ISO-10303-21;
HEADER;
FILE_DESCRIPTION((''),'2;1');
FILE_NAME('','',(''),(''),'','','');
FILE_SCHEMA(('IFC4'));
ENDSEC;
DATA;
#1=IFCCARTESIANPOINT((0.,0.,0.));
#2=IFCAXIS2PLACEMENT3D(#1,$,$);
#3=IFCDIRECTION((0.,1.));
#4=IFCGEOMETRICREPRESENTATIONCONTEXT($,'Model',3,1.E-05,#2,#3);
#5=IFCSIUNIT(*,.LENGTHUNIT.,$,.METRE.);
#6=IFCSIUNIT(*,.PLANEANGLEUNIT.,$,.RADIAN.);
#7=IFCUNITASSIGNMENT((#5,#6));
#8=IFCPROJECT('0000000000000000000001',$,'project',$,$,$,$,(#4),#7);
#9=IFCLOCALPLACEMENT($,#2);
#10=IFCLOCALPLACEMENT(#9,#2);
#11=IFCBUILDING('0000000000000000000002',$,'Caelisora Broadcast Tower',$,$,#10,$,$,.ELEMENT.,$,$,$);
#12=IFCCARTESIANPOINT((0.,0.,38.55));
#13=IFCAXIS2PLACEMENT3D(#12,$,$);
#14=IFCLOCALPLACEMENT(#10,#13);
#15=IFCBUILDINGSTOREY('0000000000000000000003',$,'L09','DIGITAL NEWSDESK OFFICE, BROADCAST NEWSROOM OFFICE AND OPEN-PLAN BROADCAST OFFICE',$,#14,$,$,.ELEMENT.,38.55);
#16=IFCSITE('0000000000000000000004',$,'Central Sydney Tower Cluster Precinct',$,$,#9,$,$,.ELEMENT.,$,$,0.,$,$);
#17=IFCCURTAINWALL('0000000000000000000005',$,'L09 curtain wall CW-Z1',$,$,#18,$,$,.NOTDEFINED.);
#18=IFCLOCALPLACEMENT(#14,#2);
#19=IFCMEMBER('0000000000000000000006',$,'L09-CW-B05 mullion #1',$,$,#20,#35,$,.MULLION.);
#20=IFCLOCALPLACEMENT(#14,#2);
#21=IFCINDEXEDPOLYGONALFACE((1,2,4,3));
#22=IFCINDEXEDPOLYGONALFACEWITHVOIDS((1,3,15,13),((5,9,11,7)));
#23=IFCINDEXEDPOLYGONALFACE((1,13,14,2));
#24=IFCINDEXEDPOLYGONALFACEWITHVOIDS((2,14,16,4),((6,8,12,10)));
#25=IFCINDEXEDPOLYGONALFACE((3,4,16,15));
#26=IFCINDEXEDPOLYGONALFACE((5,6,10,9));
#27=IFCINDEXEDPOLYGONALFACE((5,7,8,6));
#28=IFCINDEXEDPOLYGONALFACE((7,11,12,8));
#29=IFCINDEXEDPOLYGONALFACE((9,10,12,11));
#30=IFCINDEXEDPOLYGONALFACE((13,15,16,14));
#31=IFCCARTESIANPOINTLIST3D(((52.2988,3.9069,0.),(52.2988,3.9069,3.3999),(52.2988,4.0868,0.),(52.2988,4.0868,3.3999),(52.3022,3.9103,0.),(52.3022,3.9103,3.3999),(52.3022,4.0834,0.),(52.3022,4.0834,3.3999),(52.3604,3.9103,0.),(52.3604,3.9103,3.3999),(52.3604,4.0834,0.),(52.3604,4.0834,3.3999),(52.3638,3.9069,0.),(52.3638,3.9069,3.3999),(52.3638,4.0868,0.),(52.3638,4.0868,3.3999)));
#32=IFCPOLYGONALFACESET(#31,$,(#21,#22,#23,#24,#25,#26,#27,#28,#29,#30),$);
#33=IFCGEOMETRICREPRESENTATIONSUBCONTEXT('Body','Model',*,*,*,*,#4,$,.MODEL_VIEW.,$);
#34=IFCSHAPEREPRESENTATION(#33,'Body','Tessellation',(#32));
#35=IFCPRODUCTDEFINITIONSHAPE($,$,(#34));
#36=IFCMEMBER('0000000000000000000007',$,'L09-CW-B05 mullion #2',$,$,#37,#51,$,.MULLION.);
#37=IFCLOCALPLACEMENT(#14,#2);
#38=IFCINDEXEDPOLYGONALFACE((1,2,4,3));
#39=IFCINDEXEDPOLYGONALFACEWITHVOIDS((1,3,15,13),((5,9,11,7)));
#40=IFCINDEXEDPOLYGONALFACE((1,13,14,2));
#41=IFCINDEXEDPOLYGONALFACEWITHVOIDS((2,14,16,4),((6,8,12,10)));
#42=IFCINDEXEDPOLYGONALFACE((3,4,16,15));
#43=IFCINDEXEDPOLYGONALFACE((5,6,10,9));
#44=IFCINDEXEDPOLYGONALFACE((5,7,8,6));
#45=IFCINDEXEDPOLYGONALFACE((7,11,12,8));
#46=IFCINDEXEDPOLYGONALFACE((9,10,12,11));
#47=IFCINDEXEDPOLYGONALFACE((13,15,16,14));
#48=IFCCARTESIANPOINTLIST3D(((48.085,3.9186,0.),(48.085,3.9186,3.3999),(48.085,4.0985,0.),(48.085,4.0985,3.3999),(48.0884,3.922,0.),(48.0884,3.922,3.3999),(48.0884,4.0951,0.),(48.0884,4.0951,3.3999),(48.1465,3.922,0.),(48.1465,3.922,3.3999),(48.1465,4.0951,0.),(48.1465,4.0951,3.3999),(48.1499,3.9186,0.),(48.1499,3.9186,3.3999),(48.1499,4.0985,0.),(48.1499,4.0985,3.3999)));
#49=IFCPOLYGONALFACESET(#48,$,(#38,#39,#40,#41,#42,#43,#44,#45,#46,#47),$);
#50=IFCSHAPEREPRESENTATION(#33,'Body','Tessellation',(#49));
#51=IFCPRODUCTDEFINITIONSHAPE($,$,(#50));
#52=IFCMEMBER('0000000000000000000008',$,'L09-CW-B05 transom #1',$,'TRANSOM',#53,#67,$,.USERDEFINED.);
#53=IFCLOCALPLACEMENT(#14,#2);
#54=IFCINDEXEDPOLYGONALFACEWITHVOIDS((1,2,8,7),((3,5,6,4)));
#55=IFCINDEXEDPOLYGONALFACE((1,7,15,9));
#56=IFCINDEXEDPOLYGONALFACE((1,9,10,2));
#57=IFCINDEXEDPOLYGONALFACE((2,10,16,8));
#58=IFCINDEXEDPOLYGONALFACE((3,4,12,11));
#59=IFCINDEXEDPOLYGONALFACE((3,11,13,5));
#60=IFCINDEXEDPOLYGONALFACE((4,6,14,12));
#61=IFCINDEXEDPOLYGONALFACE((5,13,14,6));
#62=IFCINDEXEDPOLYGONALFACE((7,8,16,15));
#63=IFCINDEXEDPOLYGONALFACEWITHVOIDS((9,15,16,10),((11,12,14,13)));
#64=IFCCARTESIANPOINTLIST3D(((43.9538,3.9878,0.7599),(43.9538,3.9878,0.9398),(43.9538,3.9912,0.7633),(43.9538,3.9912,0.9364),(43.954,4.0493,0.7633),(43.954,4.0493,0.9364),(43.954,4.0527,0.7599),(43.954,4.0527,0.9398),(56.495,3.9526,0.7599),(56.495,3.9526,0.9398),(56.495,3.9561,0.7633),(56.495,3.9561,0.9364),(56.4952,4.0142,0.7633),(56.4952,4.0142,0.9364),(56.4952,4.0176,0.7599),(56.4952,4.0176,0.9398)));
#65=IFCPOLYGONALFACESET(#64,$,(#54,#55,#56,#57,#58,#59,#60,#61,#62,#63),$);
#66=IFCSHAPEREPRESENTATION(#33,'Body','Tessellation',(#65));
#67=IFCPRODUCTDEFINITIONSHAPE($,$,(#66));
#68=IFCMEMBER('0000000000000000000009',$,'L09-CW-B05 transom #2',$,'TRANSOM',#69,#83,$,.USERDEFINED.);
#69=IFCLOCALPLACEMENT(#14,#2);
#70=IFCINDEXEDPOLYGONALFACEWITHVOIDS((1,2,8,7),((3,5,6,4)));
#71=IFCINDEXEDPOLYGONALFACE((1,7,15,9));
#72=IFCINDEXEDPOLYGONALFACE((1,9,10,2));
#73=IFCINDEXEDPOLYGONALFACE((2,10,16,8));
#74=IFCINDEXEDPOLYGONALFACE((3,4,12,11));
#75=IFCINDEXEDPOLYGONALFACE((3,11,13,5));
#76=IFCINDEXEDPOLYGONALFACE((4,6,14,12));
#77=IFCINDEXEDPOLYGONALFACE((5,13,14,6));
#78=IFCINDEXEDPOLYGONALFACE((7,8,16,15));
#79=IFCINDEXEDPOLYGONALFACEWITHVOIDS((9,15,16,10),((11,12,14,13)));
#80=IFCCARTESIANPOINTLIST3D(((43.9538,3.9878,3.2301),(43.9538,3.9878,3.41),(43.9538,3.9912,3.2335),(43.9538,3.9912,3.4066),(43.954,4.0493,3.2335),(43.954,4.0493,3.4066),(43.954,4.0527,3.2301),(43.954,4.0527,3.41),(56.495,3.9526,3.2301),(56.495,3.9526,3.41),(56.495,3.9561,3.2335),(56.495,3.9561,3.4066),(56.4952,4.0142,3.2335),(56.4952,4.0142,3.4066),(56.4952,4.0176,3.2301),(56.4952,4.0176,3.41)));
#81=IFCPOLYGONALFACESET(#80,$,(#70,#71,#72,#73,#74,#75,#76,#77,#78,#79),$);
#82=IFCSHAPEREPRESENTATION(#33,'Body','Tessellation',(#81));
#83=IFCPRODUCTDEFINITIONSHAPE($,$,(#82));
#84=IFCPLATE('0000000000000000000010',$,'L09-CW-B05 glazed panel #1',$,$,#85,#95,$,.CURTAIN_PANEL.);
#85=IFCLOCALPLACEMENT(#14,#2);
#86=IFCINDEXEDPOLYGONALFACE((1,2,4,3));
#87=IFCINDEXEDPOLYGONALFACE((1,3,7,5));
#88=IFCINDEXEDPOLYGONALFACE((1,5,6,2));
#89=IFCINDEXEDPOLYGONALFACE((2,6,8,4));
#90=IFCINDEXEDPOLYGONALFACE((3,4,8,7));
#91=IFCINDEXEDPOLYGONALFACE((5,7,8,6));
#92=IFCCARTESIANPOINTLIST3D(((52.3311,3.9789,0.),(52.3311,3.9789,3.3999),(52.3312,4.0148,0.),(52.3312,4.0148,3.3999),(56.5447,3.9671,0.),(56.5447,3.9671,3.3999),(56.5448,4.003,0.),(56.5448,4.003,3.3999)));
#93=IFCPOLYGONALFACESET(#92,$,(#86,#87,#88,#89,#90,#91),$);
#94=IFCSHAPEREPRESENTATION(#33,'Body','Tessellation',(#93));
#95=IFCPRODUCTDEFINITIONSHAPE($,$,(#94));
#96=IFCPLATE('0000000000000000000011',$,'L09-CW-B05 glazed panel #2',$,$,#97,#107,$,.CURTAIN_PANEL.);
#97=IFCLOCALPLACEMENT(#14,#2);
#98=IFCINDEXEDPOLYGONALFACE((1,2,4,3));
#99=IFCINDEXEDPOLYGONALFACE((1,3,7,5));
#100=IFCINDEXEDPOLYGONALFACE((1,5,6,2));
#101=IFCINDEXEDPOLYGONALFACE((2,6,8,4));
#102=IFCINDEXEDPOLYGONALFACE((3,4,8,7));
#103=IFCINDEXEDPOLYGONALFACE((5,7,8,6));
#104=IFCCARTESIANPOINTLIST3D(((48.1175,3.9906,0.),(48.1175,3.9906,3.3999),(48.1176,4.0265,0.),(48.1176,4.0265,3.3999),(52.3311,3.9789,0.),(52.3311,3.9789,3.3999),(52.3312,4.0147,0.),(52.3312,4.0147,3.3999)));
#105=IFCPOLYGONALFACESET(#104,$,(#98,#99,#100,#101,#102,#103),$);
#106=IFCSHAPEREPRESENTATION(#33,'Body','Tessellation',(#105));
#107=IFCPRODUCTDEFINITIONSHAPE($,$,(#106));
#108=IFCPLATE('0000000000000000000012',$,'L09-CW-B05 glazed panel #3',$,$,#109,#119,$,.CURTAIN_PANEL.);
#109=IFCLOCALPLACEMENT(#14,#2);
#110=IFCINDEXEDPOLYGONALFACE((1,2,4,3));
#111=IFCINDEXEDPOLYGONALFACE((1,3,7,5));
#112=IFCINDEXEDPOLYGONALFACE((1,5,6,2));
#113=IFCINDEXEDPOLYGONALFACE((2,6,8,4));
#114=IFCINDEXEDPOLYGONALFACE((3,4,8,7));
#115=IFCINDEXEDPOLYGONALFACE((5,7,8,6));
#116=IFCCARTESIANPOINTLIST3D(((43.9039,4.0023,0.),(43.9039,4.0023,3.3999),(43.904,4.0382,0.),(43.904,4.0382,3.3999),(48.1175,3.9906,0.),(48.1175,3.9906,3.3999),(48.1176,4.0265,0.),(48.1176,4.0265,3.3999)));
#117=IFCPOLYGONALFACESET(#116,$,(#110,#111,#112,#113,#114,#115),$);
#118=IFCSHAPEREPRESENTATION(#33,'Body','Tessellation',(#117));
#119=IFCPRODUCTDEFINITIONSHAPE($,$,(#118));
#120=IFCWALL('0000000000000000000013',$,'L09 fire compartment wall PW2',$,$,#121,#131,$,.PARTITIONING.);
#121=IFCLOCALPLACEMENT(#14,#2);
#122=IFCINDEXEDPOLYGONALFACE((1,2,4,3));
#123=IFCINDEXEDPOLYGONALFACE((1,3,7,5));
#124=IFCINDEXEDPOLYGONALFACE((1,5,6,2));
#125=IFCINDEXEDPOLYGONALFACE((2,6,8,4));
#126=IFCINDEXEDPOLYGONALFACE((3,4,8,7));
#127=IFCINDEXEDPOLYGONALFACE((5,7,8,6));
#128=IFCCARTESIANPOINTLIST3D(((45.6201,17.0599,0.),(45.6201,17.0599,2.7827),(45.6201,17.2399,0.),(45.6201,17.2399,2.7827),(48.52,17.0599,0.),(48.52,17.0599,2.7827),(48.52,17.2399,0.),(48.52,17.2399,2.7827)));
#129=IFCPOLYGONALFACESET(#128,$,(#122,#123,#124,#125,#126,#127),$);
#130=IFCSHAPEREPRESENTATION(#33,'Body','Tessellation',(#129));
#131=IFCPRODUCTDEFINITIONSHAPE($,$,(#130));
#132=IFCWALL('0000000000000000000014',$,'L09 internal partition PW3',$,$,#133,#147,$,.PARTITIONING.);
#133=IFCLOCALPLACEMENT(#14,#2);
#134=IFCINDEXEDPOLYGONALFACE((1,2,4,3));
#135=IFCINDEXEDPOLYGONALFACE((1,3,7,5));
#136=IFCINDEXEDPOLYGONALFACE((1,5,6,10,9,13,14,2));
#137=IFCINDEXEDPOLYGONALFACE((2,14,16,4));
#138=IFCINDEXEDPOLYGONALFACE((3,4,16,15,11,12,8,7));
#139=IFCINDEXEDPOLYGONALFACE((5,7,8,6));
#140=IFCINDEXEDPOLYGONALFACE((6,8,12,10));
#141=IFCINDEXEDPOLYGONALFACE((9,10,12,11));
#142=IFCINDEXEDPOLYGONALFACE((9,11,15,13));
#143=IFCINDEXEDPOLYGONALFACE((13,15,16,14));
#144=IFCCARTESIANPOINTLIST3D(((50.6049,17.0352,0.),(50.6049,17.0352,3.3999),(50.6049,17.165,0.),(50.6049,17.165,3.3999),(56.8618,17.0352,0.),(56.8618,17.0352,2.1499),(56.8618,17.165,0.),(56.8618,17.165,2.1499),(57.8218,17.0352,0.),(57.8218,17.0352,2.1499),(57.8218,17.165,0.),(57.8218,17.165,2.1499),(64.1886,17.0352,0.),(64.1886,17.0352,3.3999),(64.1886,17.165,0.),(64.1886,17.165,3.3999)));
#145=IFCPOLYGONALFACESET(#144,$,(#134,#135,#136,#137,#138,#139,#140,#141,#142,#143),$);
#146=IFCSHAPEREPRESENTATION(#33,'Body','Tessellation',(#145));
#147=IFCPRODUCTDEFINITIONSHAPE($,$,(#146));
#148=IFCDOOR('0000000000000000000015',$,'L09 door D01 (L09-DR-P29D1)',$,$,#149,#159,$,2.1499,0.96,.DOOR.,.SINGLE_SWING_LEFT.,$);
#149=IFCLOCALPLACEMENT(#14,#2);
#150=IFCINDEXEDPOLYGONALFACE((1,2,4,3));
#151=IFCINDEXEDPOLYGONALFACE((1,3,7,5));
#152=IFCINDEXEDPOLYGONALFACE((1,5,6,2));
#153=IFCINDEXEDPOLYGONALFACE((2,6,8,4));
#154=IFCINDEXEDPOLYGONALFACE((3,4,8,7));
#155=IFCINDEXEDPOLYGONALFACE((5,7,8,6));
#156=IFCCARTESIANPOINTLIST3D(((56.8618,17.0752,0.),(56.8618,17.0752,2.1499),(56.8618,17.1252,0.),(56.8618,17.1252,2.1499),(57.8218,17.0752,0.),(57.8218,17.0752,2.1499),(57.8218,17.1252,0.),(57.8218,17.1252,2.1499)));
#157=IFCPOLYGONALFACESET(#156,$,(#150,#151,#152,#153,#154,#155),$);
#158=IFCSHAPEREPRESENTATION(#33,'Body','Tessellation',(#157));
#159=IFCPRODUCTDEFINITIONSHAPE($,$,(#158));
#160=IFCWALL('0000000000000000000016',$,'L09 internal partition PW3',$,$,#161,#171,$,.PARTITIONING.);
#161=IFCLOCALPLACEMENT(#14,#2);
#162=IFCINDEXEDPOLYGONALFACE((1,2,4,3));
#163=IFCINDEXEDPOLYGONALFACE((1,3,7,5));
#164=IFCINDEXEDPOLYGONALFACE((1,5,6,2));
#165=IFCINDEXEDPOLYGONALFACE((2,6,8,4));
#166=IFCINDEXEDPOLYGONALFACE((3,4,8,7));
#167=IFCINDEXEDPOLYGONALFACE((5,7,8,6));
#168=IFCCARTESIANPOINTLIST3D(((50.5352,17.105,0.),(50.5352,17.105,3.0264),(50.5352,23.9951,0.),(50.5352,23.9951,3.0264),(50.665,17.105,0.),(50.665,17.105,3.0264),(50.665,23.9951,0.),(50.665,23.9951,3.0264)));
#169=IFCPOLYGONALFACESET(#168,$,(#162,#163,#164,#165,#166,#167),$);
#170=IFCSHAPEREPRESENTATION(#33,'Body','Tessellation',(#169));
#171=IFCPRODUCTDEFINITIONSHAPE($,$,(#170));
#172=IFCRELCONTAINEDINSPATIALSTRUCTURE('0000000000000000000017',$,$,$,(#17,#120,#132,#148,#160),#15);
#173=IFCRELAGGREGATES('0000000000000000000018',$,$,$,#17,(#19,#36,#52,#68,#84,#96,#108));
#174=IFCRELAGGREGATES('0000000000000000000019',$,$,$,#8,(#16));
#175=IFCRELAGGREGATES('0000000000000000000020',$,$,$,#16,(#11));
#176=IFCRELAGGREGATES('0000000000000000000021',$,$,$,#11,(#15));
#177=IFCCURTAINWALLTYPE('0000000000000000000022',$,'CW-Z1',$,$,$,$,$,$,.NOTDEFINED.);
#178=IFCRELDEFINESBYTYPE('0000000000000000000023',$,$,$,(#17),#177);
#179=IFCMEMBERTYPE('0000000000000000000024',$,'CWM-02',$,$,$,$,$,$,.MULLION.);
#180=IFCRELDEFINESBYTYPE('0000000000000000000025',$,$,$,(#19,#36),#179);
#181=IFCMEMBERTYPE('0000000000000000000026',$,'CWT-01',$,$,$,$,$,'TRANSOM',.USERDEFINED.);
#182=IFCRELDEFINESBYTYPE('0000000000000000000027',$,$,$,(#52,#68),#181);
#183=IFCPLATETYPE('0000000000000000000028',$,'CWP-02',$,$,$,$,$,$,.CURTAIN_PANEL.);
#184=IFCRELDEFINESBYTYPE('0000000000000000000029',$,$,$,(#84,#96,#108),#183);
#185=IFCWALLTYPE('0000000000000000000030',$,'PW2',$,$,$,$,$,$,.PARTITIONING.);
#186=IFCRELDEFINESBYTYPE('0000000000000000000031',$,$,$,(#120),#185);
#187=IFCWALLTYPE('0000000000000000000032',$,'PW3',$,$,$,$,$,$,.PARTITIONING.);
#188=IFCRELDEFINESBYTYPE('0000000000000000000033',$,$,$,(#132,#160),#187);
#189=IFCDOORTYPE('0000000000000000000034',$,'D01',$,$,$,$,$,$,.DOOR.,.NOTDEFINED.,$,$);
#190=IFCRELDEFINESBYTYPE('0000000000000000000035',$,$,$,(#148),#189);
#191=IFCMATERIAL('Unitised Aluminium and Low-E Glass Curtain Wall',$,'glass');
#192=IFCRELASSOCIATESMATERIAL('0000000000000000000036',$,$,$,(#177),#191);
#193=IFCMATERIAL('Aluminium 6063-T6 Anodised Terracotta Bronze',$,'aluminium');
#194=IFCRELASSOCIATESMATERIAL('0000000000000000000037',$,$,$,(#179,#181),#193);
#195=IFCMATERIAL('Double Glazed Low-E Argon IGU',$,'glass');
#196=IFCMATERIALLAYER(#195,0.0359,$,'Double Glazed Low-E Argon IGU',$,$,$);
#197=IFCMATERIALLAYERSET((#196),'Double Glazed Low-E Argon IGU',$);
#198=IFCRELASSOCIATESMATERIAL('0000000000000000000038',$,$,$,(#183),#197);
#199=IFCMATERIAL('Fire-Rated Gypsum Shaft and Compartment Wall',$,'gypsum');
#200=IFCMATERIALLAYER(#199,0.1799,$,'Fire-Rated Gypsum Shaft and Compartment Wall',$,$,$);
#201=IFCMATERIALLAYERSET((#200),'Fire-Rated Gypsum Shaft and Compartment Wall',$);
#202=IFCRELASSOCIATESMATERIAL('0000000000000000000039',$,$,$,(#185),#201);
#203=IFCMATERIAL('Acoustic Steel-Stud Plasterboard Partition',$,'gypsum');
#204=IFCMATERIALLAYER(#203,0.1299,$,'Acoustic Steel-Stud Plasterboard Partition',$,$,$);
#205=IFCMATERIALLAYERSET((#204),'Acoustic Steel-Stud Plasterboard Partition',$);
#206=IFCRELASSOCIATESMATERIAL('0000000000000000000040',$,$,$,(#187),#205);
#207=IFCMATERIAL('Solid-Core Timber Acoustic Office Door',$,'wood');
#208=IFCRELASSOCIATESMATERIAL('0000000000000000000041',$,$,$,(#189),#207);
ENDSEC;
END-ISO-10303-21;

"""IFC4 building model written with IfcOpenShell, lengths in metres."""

from ifc_helpers import new_model, si_unit, direction, frame, frame_2d, origin, origin_2d, place, context, subcontext, project, spatial, rectangle, hollow_rectangle, extrude, source, transform, mapped, material, layer, layer_set, material_profile, profile_set, type_object, type_shapes, element, fill, aggregate, save


model = new_model("IFC4")

# Units and contexts
model_context = context("Model", 3, precision=1e-05, world=origin(), true_north=direction((0.0, 1.0)))
body_context = subcontext(model_context, "Body", "Model", "MODEL_VIEW")
ifc_project = project(units=[si_unit("LENGTHUNIT", "METRE"), si_unit("PLANEANGLEUNIT", "RADIAN")], contexts=[model_context])

# Site, building, storey
site_placement = place(None, origin())
site = spatial("IfcSite", under=ifc_project, at=site_placement, Name="Central Sydney Tower Cluster Precinct", CompositionType="ELEMENT", RefElevation=0.0)
building_placement = place(site_placement, origin())
building = spatial("IfcBuilding", under=site, at=building_placement, Name="Caelisora Broadcast Tower", CompositionType="ELEMENT")
storey_placement = place(building_placement, frame((0.0, 0.0, 38.55)))
storey = spatial("IfcBuildingStorey", under=building, at=storey_placement, Name="L09", Description="DIGITAL NEWSDESK OFFICE, BROADCAST NEWSROOM OFFICE AND OPEN-PLAN BROADCAST OFFICE", CompositionType="ELEMENT", Elevation=38.55)

# Curtain wall, members, plates
ifc_material_1 = material(Name="Unitised Aluminium and Low-E Glass Curtain Wall", Category="glass")
curtain_wall_type = type_object("IfcCurtainWallType", Name="CW-Z1", PredefinedType="NOTDEFINED", material=ifc_material_1)
curtain_wall_placement = place(storey_placement, origin())
curtain_wall = element("IfcCurtainWall", 1, at=curtain_wall_placement, inside=storey, type_object=curtain_wall_type, Name="L09 curtain wall CW-Z1", PredefinedType="NOTDEFINED")
ifc_material_2 = material(Name="Aluminium 6063-T6 Anodised Terracotta Bronze", Category="aluminium")
ifc_material_profile_1 = material_profile(ifc_material_2, hollow_rectangle(XDim=0.0649, YDim=0.1799, WallThickness=0.0034, at=origin_2d()), Name="Aluminium 6063-T6 Anodised Terracotta Bronze")
ifc_profile_set_1 = profile_set([ifc_material_profile_1], Name="Aluminium 6063-T6 Anodised Terracotta Bronze")
member_type_1 = type_object("IfcMemberType", Name="CWM-02", PredefinedType="MULLION", material=ifc_profile_set_1)
shared_shape_1 = source(origin(), body_context, "Body", "SweptSolid", [
    extrude(hollow_rectangle(XDim=0.0649, YDim=0.1799, WallThickness=0.0034, at=origin_2d()), origin(), (0.0, 0.0, 1.0), 3.3999),
])
type_shapes(member_type_1, [shared_shape_1])
member_1_placement = place(storey_placement, frame((52.3313, 3.9968, 0.0), z_axis=(0.0, 0.0, 1.0), x_axis=(1.0, 0.0, 0.0)))
member_1 = element("IfcMember", 2, at=member_1_placement, type_object=member_type_1, Name="L09-CW-B05 mullion #1", PredefinedType="MULLION", context=body_context, shape_type="MappedRepresentation", body=[
    mapped(shared_shape_1, transform((0.0, 0.0, 0.0), scale=1.0)),
])
member_2_placement = place(storey_placement, frame((48.1174, 4.0085, 0.0), z_axis=(0.0, 0.0, 1.0), x_axis=(1.0, 0.0, 0.0)))
member_2 = element("IfcMember", 3, at=member_2_placement, type_object=member_type_1, Name="L09-CW-B05 mullion #2", PredefinedType="MULLION", context=body_context, shape_type="MappedRepresentation", body=[
    mapped(shared_shape_1, transform((0.0, 0.0, 0.0), scale=1.0)),
])
ifc_material_profile_2 = material_profile(ifc_material_2, hollow_rectangle(XDim=0.0649, YDim=0.1799, WallThickness=0.0034, at=origin_2d()), Name="Aluminium 6063-T6 Anodised Terracotta Bronze")
ifc_profile_set_2 = profile_set([ifc_material_profile_2], Name="Aluminium 6063-T6 Anodised Terracotta Bronze")
member_type_2 = type_object("IfcMemberType", Name="CWT-01", ElementType="TRANSOM", PredefinedType="USERDEFINED", material=ifc_profile_set_2)
shared_shape_2 = source(origin(), body_context, "Body", "SweptSolid", [
    extrude(hollow_rectangle(XDim=0.0649, YDim=0.1799, WallThickness=0.0034, at=origin_2d()), origin(), (0.0, 0.0, 1.0), 12.5413),
])
type_shapes(member_type_2, [shared_shape_2])
member_3_placement = place(storey_placement, frame((56.4951, 3.9851, 0.8499), z_axis=(-0.999996, 0.002803, 0.0), x_axis=(-0.002803, -0.999996, 0.0)))
member_3 = element("IfcMember", 4, at=member_3_placement, type_object=member_type_2, Name="L09-CW-B05 transom #1", ObjectType="TRANSOM", PredefinedType="USERDEFINED", context=body_context, shape_type="MappedRepresentation", body=[
    mapped(shared_shape_2, transform((0.0, 0.0, 0.0), scale=1.0)),
])
member_4_placement = place(storey_placement, frame((56.4951, 3.9851, 3.3201), z_axis=(-0.999996, 0.002803, 0.0), x_axis=(-0.002803, -0.999996, 0.0)))
member_4 = element("IfcMember", 5, at=member_4_placement, type_object=member_type_2, Name="L09-CW-B05 transom #2", ObjectType="TRANSOM", PredefinedType="USERDEFINED", context=body_context, shape_type="MappedRepresentation", body=[
    mapped(shared_shape_2, transform((0.0, 0.0, 0.0), scale=1.0)),
])
ifc_material_3 = material(Name="Double Glazed Low-E Argon IGU", Category="glass")
ifc_layer_1 = layer(ifc_material_3, 0.0359, Name="Double Glazed Low-E Argon IGU")
ifc_layer_set_1 = layer_set([ifc_layer_1], Name="Double Glazed Low-E Argon IGU")
plate_type = type_object("IfcPlateType", Name="CWP-02", PredefinedType="CURTAIN_PANEL", material=ifc_layer_set_1)
shared_shape_3 = source(origin(), body_context, "Body", "SweptSolid", [
    extrude(rectangle(XDim=4.2136, YDim=0.0359, at=origin_2d()), origin(), (0.0, 0.0, 1.0), 3.3999),
])
type_shapes(plate_type, [shared_shape_3])
plate_1_placement = place(storey_placement, frame((54.438, 3.991, 0.0), z_axis=(0.0, 0.0, 1.0), x_axis=(-0.999996, 0.002793, 0.0)))
plate_1 = element("IfcPlate", 6, at=plate_1_placement, type_object=plate_type, Name="L09-CW-B05 glazed panel #1", PredefinedType="CURTAIN_PANEL", context=body_context, shape_type="MappedRepresentation", body=[
    mapped(shared_shape_3, transform((0.0, 0.0, 0.0), scale=1.0)),
])
plate_2_placement = place(storey_placement, frame((50.2244, 4.0027, 0.0), z_axis=(0.0, 0.0, 1.0), x_axis=(-0.999996, 0.002793, 0.0)))
plate_2 = element("IfcPlate", 7, at=plate_2_placement, type_object=plate_type, Name="L09-CW-B05 glazed panel #2", PredefinedType="CURTAIN_PANEL", context=body_context, shape_type="MappedRepresentation", body=[
    mapped(shared_shape_3, transform((0.0, 0.0, 0.0), scale=1.0)),
])
plate_3_placement = place(storey_placement, frame((46.0107, 4.0144, 0.0), z_axis=(0.0, 0.0, 1.0), x_axis=(-0.999996, 0.002793, 0.0)))
plate_3 = element("IfcPlate", 8, at=plate_3_placement, type_object=plate_type, Name="L09-CW-B05 glazed panel #3", PredefinedType="CURTAIN_PANEL", context=body_context, shape_type="MappedRepresentation", body=[
    mapped(shared_shape_3, transform((0.0, 0.0, 0.0), scale=1.0)),
])
aggregate(curtain_wall, [member_1, member_2, member_3, member_4, plate_1, plate_2, plate_3])

# Wall
ifc_material_4 = material(Name="Fire-Rated Gypsum Shaft and Compartment Wall", Category="gypsum")
ifc_layer_2 = layer(ifc_material_4, 0.1799, Name="Fire-Rated Gypsum Shaft and Compartment Wall")
ifc_layer_set_2 = layer_set([ifc_layer_2], Name="Fire-Rated Gypsum Shaft and Compartment Wall")
wall_type_1 = type_object("IfcWallType", Name="PW2", PredefinedType="PARTITIONING", material=ifc_layer_set_2)
wall_1_placement = place(storey_placement, frame((45.6201, 17.1499, 0.0), z_axis=(0.0, 0.0, 1.0), x_axis=(1.0, 0.0, 0.0)))
element("IfcWall", 9, at=wall_1_placement, inside=storey, type_object=wall_type_1, Name="L09 fire compartment wall PW2", PredefinedType="PARTITIONING", context=body_context, shape_type="SweptSolid", body=[
    extrude(rectangle(XDim=2.8999, YDim=0.1799, at=frame_2d((1.45, 0.0))), origin(), (0.0, 0.0, 1.0), 2.7827),
])

# Wall, opening, door
ifc_material_5 = material(Name="Acoustic Steel-Stud Plasterboard Partition", Category="gypsum")
ifc_layer_3 = layer(ifc_material_5, 0.1299, Name="Acoustic Steel-Stud Plasterboard Partition")
ifc_layer_set_3 = layer_set([ifc_layer_3], Name="Acoustic Steel-Stud Plasterboard Partition")
wall_type_2 = type_object("IfcWallType", Name="PW3", PredefinedType="PARTITIONING", material=ifc_layer_set_3)
wall_2_placement = place(storey_placement, frame((64.1887, 17.1001, 0.0), z_axis=(0.0, 0.0, 1.0), x_axis=(-1.0, 0.0, 0.0)))
wall_2 = element("IfcWall", 10, at=wall_2_placement, inside=storey, type_object=wall_type_2, Name="L09 internal partition PW3", PredefinedType="PARTITIONING", context=body_context, shape_type="SweptSolid", body=[
    extrude(rectangle(XDim=13.5837, YDim=0.1299, at=frame_2d((6.792, 0.0))), origin(), (0.0, 0.0, 1.0), 3.3999),
])
opening_placement = place(wall_2_placement, frame((6.3669, 0.0, 0.0)))
opening = element("IfcOpeningElement", 11, at=opening_placement, cuts=wall_2, PredefinedType="OPENING", context=body_context, shape_type="SweptSolid", body=[
    extrude(rectangle(XDim=0.96, YDim=2.1499, at=frame_2d((0.48, 1.075))), frame((0.0, 0.0769, 0.0), z_axis=(0.0, -1.0, 0.0), x_axis=(1.0, 0.0, 0.0)), (0.0, 0.0, 1.0), 0.1538),
])
ifc_material_6 = material(Name="Solid-Core Timber Acoustic Office Door", Category="wood")
door_type = type_object("IfcDoorType", Name="D01", OperationType="NOTDEFINED", PredefinedType="DOOR", material=ifc_material_6)
door_placement = place(opening_placement, origin())
door = element("IfcDoor", 12, at=door_placement, inside=storey, type_object=door_type, Name="L09 door D01 (L09-DR-P29D1)", OperationType="SINGLE_SWING_LEFT", OverallHeight=2.1499, OverallWidth=0.96, PredefinedType="DOOR", context=body_context, shape_type="SweptSolid", body=[
    extrude(rectangle(XDim=0.96, YDim=2.1499, at=frame_2d((0.48, 1.075))), frame((0.0, 0.0249, 0.0), z_axis=(0.0, -1.0, 0.0), x_axis=(1.0, 0.0, 0.0)), (0.0, 0.0, 1.0), 0.05),
])
fill(opening, door)

# Wall
wall_3_placement = place(storey_placement, frame((50.6001, 17.105, 0.0), z_axis=(0.0, 0.0, 1.0), x_axis=(0.0, 1.0, 0.0)))
element("IfcWall", 13, at=wall_3_placement, inside=storey, type_object=wall_type_2, Name="L09 internal partition PW3", PredefinedType="PARTITIONING", context=body_context, shape_type="SweptSolid", body=[
    extrude(rectangle(XDim=6.8901, YDim=0.1299, at=frame_2d((3.4451, 0.0))), origin(), (0.0, 0.0, 1.0), 3.0264),
])

save(model, "model.ifc")
